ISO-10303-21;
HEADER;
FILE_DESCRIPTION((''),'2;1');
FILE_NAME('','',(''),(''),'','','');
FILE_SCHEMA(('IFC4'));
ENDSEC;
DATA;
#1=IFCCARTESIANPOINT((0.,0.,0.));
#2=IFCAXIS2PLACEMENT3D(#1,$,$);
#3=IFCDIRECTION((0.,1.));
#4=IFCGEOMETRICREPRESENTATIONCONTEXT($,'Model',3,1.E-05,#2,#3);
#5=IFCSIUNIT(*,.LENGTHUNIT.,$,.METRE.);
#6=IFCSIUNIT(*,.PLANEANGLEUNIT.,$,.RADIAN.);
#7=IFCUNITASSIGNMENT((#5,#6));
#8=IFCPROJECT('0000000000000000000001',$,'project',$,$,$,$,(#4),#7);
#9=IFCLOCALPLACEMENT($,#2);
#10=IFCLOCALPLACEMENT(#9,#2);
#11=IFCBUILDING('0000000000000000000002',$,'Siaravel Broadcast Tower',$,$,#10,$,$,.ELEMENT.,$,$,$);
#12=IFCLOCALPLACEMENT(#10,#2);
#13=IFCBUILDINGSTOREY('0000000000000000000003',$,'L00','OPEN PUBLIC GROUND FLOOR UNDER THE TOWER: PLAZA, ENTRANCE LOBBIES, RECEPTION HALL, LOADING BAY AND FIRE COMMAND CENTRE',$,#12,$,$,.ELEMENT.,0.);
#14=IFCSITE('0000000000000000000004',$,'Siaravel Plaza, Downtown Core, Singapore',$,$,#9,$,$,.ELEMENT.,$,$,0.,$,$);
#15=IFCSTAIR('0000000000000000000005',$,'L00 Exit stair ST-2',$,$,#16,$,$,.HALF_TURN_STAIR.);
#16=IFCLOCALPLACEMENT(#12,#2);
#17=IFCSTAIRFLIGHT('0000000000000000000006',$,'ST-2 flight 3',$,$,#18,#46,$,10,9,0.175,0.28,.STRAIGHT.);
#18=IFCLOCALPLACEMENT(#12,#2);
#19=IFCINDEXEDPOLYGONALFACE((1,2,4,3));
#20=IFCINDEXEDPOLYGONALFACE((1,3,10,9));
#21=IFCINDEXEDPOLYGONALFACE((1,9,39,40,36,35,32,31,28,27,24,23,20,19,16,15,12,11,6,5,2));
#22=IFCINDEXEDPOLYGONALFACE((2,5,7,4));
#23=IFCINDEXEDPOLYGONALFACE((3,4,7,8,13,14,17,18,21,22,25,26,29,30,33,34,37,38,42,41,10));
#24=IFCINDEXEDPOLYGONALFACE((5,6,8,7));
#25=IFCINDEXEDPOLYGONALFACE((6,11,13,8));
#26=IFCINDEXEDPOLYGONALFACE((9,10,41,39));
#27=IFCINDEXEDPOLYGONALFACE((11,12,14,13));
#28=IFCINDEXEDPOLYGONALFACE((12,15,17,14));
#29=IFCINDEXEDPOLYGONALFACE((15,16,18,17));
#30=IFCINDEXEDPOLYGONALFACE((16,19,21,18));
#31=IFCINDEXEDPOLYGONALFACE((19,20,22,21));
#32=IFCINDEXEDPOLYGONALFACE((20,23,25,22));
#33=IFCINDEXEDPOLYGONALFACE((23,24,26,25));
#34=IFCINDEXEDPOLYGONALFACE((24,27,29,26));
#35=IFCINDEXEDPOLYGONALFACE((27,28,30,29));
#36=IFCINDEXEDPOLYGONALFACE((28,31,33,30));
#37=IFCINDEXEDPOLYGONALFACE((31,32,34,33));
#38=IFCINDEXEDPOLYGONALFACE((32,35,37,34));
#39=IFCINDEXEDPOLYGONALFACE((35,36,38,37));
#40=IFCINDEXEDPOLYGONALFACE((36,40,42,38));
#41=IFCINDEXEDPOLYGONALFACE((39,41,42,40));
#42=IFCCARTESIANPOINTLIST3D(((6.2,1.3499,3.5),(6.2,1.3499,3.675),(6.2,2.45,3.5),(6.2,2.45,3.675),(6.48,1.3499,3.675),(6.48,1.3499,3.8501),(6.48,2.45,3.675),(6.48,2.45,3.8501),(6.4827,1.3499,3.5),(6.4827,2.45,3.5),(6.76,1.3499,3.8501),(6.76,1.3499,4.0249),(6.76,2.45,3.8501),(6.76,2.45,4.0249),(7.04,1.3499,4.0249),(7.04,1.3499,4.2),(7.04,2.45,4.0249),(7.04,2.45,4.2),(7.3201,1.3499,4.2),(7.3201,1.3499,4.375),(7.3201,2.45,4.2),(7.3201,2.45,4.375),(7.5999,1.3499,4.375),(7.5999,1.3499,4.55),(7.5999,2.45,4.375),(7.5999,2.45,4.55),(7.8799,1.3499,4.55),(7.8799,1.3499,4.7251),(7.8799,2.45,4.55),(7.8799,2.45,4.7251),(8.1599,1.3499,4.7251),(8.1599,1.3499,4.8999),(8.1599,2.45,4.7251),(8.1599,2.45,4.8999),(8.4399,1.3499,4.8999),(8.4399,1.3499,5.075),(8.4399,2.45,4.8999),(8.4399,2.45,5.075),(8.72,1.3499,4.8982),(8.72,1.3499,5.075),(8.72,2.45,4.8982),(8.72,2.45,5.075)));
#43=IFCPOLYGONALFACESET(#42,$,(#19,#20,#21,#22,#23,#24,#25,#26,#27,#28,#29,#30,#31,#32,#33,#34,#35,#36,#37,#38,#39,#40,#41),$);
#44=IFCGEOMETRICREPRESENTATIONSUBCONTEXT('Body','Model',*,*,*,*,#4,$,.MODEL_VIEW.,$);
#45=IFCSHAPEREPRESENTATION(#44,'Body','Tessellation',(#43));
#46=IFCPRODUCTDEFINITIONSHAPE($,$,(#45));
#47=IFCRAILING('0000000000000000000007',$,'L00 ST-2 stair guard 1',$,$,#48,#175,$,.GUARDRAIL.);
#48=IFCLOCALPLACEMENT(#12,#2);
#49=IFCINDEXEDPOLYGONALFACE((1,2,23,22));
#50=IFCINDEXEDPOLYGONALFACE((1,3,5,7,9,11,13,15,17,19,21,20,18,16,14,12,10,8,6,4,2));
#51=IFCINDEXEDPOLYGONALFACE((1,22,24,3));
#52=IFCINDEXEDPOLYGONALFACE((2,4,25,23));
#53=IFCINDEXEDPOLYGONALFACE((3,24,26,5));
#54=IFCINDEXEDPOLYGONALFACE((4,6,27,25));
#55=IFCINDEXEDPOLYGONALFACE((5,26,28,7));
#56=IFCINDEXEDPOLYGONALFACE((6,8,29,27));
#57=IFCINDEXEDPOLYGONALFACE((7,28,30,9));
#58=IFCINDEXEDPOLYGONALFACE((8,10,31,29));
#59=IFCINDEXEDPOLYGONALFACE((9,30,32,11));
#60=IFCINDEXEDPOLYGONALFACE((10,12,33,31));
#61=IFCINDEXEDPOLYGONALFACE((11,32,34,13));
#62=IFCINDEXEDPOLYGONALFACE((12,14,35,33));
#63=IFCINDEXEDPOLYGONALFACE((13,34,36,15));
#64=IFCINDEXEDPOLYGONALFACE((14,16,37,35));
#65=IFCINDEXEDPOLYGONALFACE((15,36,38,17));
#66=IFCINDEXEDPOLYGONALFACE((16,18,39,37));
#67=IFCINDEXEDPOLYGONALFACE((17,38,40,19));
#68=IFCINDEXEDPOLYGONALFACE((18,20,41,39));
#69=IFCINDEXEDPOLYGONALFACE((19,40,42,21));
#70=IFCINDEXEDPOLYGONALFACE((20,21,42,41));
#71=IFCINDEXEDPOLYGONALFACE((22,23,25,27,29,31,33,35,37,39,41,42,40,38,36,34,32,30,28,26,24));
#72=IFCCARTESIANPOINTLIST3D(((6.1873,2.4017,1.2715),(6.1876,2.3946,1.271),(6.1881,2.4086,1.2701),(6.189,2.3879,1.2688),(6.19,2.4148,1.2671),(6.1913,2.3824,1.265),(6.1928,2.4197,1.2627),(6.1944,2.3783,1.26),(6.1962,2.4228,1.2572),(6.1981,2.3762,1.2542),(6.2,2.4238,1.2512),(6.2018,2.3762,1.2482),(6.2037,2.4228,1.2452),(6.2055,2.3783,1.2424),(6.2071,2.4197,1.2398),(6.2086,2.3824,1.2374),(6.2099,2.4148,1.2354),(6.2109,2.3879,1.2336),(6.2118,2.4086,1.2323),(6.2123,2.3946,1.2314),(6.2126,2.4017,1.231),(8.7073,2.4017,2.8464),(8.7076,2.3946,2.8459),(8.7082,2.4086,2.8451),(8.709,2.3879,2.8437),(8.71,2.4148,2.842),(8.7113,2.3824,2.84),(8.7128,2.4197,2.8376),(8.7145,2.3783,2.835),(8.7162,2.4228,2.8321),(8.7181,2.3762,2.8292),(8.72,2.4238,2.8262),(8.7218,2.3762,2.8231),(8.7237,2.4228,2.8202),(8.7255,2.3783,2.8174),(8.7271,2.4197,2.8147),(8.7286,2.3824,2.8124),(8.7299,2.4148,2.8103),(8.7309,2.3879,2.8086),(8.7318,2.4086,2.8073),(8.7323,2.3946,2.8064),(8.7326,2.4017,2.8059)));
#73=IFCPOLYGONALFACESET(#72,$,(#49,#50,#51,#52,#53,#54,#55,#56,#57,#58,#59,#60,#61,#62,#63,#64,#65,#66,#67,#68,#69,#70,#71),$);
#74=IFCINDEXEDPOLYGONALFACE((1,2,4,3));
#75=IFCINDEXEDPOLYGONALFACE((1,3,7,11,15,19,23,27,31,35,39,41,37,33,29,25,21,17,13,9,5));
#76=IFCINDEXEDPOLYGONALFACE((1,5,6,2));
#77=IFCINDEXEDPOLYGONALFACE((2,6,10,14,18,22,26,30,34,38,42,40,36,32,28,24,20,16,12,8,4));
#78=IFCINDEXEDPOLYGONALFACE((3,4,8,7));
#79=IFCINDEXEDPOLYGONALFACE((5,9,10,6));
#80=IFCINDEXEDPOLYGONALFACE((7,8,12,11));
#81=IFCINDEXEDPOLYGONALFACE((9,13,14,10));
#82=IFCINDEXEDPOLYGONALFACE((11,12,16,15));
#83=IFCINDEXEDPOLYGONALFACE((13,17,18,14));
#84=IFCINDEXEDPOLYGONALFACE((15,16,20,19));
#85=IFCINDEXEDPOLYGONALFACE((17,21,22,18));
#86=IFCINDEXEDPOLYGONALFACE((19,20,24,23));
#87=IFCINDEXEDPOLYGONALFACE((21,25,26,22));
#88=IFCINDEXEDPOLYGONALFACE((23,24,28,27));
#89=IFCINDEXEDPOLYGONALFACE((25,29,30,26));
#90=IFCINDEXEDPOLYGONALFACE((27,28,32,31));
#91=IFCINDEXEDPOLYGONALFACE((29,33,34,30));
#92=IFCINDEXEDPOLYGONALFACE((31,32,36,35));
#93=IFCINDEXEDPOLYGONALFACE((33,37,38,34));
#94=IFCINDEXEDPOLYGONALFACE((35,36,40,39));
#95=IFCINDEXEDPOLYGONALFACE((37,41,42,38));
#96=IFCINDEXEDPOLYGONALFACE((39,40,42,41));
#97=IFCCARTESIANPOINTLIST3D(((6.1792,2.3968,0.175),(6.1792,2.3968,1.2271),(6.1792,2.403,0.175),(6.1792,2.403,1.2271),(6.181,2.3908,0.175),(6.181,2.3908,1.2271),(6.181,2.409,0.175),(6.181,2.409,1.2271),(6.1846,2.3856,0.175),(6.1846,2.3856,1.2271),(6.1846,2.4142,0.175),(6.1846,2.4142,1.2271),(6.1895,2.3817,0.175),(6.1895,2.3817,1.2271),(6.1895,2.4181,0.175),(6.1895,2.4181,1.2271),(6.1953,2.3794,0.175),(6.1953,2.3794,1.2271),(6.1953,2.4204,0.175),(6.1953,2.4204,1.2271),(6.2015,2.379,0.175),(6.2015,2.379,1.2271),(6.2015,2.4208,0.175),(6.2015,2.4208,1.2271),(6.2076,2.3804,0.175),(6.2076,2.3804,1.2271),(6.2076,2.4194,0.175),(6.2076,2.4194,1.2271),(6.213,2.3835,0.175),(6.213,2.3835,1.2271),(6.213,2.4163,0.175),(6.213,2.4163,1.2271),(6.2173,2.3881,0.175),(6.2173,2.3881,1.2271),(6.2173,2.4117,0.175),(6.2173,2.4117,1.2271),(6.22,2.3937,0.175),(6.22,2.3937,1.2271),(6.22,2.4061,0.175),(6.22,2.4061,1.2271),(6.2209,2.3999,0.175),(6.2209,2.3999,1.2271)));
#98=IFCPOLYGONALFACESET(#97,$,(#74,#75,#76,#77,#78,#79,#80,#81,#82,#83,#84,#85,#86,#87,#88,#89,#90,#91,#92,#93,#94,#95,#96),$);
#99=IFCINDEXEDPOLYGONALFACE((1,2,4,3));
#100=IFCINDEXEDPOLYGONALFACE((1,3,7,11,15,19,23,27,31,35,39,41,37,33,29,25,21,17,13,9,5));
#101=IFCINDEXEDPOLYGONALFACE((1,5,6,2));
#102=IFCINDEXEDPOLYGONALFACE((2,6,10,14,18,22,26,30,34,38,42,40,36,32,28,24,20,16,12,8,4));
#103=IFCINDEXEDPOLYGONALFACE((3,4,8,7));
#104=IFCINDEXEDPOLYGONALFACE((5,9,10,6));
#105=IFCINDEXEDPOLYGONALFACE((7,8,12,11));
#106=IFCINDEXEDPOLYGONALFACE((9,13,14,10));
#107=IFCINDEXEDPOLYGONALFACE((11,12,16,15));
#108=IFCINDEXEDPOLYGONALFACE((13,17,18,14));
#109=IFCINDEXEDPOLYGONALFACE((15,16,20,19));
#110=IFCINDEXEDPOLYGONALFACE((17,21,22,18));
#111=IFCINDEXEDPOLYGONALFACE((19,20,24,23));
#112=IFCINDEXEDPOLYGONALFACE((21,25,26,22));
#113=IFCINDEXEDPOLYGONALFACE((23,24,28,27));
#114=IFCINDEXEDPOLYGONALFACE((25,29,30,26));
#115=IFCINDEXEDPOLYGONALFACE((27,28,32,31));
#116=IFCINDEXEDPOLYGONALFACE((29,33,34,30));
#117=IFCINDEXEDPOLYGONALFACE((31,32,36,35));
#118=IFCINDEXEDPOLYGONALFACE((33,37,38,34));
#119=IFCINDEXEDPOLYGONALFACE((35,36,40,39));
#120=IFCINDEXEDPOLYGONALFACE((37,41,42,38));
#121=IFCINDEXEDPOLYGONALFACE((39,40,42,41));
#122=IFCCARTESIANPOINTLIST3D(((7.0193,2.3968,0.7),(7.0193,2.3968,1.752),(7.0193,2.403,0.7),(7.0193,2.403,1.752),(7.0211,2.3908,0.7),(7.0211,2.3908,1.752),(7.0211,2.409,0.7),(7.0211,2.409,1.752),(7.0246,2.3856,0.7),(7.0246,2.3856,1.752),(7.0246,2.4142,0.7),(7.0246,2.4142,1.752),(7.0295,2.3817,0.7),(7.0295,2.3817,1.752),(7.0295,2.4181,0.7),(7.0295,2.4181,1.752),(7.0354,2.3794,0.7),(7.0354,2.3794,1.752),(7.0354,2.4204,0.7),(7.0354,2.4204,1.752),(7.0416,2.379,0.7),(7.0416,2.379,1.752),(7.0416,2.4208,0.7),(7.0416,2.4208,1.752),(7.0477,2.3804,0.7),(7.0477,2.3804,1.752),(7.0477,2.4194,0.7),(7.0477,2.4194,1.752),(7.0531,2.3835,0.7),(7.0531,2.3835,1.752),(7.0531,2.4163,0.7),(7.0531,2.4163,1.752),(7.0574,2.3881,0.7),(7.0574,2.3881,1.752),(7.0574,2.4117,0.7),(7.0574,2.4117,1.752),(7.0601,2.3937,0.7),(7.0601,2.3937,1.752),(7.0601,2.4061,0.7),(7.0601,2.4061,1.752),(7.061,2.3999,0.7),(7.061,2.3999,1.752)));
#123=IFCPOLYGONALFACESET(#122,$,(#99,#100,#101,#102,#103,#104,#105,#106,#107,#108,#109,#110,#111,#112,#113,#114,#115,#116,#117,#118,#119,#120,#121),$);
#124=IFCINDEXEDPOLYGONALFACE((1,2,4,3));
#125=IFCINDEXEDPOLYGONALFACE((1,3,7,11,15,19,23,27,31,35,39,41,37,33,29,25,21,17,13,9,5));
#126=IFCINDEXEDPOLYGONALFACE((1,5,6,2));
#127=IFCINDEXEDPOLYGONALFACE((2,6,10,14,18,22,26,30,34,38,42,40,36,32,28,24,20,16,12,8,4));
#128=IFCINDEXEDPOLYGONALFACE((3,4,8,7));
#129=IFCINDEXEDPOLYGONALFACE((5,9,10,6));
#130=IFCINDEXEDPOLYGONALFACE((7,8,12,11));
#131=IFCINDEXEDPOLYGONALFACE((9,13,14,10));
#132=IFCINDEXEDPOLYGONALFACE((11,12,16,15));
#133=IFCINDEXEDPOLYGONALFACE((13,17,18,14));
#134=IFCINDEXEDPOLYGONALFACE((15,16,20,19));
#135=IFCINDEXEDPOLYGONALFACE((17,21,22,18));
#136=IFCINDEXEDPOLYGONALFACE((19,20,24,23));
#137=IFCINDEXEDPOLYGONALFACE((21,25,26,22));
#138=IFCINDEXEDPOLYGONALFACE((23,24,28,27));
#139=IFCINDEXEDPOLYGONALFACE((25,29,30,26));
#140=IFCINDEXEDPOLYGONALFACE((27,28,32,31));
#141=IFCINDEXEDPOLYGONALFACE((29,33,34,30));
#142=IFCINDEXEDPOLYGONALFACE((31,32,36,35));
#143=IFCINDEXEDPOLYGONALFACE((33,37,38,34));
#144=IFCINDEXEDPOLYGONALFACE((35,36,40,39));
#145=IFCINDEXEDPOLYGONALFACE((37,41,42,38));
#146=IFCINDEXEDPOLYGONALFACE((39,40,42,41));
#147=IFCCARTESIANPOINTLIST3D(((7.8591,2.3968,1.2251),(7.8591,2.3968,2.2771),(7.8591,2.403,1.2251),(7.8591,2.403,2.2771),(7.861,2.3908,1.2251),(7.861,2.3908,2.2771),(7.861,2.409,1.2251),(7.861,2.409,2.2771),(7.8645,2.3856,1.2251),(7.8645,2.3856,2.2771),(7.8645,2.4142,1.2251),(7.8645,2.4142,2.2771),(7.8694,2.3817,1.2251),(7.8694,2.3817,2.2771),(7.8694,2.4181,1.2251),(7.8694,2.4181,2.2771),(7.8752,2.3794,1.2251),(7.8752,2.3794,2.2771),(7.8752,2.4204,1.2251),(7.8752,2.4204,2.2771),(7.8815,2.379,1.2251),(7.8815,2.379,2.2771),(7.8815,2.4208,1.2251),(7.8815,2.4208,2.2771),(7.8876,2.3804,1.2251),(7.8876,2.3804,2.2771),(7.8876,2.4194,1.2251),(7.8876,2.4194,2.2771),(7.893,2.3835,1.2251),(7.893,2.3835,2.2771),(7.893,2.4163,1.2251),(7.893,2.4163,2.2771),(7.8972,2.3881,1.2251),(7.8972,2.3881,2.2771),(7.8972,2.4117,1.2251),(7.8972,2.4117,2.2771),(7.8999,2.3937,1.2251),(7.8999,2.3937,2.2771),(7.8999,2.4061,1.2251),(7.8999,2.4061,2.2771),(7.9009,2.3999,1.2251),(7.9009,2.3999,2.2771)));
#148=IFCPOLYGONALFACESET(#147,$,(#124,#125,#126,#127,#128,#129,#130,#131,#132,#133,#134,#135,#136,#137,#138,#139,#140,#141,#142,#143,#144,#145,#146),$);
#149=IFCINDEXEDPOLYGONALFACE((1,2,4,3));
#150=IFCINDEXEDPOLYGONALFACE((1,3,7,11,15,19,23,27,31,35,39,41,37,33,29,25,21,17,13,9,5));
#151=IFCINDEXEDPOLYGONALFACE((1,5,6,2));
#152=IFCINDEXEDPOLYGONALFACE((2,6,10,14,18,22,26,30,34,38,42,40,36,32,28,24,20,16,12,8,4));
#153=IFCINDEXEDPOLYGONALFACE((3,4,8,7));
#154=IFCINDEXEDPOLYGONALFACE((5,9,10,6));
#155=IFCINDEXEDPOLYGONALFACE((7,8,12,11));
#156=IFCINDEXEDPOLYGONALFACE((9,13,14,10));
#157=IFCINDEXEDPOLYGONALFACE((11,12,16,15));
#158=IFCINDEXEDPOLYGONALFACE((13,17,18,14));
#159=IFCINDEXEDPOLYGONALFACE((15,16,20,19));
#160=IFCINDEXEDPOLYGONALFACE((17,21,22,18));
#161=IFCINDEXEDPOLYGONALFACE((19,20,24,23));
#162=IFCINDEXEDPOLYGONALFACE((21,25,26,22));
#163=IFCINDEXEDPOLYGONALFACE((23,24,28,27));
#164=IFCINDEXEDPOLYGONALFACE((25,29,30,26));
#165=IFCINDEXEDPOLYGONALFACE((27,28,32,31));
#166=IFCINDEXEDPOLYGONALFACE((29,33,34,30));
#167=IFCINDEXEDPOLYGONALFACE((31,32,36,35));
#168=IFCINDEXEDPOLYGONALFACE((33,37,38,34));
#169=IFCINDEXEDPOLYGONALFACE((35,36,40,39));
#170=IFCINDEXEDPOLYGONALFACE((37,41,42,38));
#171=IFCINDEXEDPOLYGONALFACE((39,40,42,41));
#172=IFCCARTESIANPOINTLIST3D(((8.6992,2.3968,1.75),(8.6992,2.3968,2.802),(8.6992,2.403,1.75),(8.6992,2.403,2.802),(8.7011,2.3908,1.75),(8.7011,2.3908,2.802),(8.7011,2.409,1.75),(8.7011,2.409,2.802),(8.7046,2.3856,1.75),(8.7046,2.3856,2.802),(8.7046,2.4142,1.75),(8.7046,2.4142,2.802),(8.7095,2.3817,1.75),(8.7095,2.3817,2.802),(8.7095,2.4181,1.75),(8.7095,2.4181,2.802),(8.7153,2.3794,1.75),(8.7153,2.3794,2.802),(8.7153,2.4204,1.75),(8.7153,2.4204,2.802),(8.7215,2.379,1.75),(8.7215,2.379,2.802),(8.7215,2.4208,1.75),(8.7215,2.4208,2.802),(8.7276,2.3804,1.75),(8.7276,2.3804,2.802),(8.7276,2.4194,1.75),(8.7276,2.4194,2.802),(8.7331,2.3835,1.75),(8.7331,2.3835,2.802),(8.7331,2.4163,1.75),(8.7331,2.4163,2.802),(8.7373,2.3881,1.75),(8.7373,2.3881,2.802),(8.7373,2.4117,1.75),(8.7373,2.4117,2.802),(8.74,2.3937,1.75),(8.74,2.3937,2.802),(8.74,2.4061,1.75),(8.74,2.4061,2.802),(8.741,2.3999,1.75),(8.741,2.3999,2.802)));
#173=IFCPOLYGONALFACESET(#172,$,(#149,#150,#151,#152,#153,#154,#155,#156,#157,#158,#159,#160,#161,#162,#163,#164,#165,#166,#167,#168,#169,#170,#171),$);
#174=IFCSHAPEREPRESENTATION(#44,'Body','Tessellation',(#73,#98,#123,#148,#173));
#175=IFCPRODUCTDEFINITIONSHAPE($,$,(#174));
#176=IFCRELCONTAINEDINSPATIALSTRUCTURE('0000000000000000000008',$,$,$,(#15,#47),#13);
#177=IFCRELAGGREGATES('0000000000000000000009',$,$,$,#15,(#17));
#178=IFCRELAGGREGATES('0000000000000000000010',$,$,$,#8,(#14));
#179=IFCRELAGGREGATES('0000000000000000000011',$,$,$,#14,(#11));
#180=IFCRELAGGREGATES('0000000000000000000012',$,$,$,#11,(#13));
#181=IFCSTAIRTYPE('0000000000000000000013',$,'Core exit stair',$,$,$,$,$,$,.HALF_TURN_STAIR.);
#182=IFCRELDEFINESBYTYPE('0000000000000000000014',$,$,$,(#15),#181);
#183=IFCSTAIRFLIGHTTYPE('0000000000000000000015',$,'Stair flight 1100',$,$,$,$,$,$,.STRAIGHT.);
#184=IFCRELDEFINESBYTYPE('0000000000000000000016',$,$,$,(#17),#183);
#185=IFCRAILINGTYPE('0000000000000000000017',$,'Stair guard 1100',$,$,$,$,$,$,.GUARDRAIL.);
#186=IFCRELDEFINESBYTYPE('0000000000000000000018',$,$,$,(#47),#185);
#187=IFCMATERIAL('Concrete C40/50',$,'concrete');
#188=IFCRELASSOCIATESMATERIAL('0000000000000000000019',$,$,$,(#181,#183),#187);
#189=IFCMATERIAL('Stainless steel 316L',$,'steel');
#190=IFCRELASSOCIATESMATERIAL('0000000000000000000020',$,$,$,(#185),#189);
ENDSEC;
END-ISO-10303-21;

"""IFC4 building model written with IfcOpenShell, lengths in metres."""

from ifc_helpers import new_model, si_unit, direction, frame, origin, origin_2d, place, context, subcontext, project, spatial, polyline, circle, outline, extrude, material, type_object, element, aggregate, save


model = new_model("IFC4")

# Units and contexts
model_context = context("Model", 3, precision=1e-05, world=origin(), true_north=direction((0.0, 1.0)))
body_context = subcontext(model_context, "Body", "Model", "MODEL_VIEW")
ifc_project = project(units=[si_unit("LENGTHUNIT", "METRE"), si_unit("PLANEANGLEUNIT", "RADIAN")], contexts=[model_context])

# Site, building, storey
site_placement = place(None, origin())
site = spatial("IfcSite", under=ifc_project, at=site_placement, Name="Siaravel Plaza, Downtown Core, Singapore", CompositionType="ELEMENT", RefElevation=0.0)
building_placement = place(site_placement, origin())
building = spatial("IfcBuilding", under=site, at=building_placement, Name="Siaravel Broadcast Tower", CompositionType="ELEMENT")
storey_placement = place(building_placement, origin())
storey = spatial("IfcBuildingStorey", under=building, at=storey_placement, Name="L00", Description="OPEN PUBLIC GROUND FLOOR UNDER THE TOWER: PLAZA, ENTRANCE LOBBIES, RECEPTION HALL, LOADING BAY AND FIRE COMMAND CENTRE", CompositionType="ELEMENT", Elevation=0.0)

# Stair, stair flight
ifc_material_1 = material(Name="Concrete C40/50", Category="concrete")
stair_type = type_object("IfcStairType", Name="Core exit stair", PredefinedType="HALF_TURN_STAIR", material=ifc_material_1)
stair_placement = place(storey_placement, origin())
stair = element("IfcStair", 1, at=stair_placement, inside=storey, type_object=stair_type, Name="L00 Exit stair ST-2", PredefinedType="HALF_TURN_STAIR")
stair_flight_type = type_object("IfcStairFlightType", Name="Stair flight 1100", PredefinedType="STRAIGHT", material=ifc_material_1)
stair_flight_1_placement = place(storey_placement, frame((6.2, 1.8999, 3.5), z_axis=(0.0, 0.0, 1.0), x_axis=(1.0, 0.0, 0.0)))
stair_flight_1 = element("IfcStairFlight", 2, at=stair_flight_1_placement, type_object=stair_flight_type, Name="ST-2 flight 3", NumberOfRisers=10, NumberOfTreads=9, PredefinedType="STRAIGHT", RiserHeight=0.175, TreadLength=0.28, context=body_context, shape_type="SweptSolid", body=[
    extrude(outline(polyline([(0.0, 0.0), (0.0, 0.175), (0.28, 0.175), (0.28, 0.3501), (0.5601, 0.3501), (0.5601, 0.5249), (0.8401, 0.5249), (0.8401, 0.7), (1.1201, 0.7), (1.1201, 0.875), (1.3999, 0.875), (1.3999, 1.05), (1.6799, 1.05), (1.6799, 1.2251), (1.96, 1.2251), (1.96, 1.3999), (2.24, 1.3999), (2.24, 1.575), (2.52, 1.575), (2.52, 1.75), (2.52, 1.3982), (0.2827, 0.0), (0.0, 0.0)])), frame((0.0, 0.55, 0.0), z_axis=(0.0, -1.0, 0.0), x_axis=(1.0, 0.0, 0.0)), (0.0, 0.0, 1.0), 1.1001),
])
aggregate(stair, [stair_flight_1])

# Railing
ifc_material_2 = material(Name="Stainless steel 316L", Category="steel")
railing_type = type_object("IfcRailingType", Name="Stair guard 1100", PredefinedType="GUARDRAIL", material=ifc_material_2)
railing_1_placement = place(storey_placement, frame((6.2, 2.3999, 0.175)))
element("IfcRailing", 3, at=railing_1_placement, inside=storey, type_object=railing_type, Name="L00 ST-2 stair guard 1", PredefinedType="GUARDRAIL", context=body_context, shape_type="SweptSolid", body=[
    extrude(circle(Radius=0.0239, at=origin_2d()), frame((0.0, 0.0, 1.0762), z_axis=(0.848008, 0.0, 0.529984), x_axis=(0.0, 1.0, 0.0)), (0.0, 0.0, 1.0), 2.9717),
    extrude(circle(Radius=0.021, at=origin_2d()), origin(), (0.0, 0.0, 1.0), 1.052),
    extrude(circle(Radius=0.021, at=origin_2d()), frame((0.8401, 0.0, 0.5249)), (0.0, 0.0, 1.0), 1.052),
    extrude(circle(Radius=0.021, at=origin_2d()), frame((1.6799, 0.0, 1.05)), (0.0, 0.0, 1.0), 1.052),
    extrude(circle(Radius=0.021, at=origin_2d()), frame((2.52, 0.0, 1.575)), (0.0, 0.0, 1.0), 1.052),
])

save(model, "model.ifc")
